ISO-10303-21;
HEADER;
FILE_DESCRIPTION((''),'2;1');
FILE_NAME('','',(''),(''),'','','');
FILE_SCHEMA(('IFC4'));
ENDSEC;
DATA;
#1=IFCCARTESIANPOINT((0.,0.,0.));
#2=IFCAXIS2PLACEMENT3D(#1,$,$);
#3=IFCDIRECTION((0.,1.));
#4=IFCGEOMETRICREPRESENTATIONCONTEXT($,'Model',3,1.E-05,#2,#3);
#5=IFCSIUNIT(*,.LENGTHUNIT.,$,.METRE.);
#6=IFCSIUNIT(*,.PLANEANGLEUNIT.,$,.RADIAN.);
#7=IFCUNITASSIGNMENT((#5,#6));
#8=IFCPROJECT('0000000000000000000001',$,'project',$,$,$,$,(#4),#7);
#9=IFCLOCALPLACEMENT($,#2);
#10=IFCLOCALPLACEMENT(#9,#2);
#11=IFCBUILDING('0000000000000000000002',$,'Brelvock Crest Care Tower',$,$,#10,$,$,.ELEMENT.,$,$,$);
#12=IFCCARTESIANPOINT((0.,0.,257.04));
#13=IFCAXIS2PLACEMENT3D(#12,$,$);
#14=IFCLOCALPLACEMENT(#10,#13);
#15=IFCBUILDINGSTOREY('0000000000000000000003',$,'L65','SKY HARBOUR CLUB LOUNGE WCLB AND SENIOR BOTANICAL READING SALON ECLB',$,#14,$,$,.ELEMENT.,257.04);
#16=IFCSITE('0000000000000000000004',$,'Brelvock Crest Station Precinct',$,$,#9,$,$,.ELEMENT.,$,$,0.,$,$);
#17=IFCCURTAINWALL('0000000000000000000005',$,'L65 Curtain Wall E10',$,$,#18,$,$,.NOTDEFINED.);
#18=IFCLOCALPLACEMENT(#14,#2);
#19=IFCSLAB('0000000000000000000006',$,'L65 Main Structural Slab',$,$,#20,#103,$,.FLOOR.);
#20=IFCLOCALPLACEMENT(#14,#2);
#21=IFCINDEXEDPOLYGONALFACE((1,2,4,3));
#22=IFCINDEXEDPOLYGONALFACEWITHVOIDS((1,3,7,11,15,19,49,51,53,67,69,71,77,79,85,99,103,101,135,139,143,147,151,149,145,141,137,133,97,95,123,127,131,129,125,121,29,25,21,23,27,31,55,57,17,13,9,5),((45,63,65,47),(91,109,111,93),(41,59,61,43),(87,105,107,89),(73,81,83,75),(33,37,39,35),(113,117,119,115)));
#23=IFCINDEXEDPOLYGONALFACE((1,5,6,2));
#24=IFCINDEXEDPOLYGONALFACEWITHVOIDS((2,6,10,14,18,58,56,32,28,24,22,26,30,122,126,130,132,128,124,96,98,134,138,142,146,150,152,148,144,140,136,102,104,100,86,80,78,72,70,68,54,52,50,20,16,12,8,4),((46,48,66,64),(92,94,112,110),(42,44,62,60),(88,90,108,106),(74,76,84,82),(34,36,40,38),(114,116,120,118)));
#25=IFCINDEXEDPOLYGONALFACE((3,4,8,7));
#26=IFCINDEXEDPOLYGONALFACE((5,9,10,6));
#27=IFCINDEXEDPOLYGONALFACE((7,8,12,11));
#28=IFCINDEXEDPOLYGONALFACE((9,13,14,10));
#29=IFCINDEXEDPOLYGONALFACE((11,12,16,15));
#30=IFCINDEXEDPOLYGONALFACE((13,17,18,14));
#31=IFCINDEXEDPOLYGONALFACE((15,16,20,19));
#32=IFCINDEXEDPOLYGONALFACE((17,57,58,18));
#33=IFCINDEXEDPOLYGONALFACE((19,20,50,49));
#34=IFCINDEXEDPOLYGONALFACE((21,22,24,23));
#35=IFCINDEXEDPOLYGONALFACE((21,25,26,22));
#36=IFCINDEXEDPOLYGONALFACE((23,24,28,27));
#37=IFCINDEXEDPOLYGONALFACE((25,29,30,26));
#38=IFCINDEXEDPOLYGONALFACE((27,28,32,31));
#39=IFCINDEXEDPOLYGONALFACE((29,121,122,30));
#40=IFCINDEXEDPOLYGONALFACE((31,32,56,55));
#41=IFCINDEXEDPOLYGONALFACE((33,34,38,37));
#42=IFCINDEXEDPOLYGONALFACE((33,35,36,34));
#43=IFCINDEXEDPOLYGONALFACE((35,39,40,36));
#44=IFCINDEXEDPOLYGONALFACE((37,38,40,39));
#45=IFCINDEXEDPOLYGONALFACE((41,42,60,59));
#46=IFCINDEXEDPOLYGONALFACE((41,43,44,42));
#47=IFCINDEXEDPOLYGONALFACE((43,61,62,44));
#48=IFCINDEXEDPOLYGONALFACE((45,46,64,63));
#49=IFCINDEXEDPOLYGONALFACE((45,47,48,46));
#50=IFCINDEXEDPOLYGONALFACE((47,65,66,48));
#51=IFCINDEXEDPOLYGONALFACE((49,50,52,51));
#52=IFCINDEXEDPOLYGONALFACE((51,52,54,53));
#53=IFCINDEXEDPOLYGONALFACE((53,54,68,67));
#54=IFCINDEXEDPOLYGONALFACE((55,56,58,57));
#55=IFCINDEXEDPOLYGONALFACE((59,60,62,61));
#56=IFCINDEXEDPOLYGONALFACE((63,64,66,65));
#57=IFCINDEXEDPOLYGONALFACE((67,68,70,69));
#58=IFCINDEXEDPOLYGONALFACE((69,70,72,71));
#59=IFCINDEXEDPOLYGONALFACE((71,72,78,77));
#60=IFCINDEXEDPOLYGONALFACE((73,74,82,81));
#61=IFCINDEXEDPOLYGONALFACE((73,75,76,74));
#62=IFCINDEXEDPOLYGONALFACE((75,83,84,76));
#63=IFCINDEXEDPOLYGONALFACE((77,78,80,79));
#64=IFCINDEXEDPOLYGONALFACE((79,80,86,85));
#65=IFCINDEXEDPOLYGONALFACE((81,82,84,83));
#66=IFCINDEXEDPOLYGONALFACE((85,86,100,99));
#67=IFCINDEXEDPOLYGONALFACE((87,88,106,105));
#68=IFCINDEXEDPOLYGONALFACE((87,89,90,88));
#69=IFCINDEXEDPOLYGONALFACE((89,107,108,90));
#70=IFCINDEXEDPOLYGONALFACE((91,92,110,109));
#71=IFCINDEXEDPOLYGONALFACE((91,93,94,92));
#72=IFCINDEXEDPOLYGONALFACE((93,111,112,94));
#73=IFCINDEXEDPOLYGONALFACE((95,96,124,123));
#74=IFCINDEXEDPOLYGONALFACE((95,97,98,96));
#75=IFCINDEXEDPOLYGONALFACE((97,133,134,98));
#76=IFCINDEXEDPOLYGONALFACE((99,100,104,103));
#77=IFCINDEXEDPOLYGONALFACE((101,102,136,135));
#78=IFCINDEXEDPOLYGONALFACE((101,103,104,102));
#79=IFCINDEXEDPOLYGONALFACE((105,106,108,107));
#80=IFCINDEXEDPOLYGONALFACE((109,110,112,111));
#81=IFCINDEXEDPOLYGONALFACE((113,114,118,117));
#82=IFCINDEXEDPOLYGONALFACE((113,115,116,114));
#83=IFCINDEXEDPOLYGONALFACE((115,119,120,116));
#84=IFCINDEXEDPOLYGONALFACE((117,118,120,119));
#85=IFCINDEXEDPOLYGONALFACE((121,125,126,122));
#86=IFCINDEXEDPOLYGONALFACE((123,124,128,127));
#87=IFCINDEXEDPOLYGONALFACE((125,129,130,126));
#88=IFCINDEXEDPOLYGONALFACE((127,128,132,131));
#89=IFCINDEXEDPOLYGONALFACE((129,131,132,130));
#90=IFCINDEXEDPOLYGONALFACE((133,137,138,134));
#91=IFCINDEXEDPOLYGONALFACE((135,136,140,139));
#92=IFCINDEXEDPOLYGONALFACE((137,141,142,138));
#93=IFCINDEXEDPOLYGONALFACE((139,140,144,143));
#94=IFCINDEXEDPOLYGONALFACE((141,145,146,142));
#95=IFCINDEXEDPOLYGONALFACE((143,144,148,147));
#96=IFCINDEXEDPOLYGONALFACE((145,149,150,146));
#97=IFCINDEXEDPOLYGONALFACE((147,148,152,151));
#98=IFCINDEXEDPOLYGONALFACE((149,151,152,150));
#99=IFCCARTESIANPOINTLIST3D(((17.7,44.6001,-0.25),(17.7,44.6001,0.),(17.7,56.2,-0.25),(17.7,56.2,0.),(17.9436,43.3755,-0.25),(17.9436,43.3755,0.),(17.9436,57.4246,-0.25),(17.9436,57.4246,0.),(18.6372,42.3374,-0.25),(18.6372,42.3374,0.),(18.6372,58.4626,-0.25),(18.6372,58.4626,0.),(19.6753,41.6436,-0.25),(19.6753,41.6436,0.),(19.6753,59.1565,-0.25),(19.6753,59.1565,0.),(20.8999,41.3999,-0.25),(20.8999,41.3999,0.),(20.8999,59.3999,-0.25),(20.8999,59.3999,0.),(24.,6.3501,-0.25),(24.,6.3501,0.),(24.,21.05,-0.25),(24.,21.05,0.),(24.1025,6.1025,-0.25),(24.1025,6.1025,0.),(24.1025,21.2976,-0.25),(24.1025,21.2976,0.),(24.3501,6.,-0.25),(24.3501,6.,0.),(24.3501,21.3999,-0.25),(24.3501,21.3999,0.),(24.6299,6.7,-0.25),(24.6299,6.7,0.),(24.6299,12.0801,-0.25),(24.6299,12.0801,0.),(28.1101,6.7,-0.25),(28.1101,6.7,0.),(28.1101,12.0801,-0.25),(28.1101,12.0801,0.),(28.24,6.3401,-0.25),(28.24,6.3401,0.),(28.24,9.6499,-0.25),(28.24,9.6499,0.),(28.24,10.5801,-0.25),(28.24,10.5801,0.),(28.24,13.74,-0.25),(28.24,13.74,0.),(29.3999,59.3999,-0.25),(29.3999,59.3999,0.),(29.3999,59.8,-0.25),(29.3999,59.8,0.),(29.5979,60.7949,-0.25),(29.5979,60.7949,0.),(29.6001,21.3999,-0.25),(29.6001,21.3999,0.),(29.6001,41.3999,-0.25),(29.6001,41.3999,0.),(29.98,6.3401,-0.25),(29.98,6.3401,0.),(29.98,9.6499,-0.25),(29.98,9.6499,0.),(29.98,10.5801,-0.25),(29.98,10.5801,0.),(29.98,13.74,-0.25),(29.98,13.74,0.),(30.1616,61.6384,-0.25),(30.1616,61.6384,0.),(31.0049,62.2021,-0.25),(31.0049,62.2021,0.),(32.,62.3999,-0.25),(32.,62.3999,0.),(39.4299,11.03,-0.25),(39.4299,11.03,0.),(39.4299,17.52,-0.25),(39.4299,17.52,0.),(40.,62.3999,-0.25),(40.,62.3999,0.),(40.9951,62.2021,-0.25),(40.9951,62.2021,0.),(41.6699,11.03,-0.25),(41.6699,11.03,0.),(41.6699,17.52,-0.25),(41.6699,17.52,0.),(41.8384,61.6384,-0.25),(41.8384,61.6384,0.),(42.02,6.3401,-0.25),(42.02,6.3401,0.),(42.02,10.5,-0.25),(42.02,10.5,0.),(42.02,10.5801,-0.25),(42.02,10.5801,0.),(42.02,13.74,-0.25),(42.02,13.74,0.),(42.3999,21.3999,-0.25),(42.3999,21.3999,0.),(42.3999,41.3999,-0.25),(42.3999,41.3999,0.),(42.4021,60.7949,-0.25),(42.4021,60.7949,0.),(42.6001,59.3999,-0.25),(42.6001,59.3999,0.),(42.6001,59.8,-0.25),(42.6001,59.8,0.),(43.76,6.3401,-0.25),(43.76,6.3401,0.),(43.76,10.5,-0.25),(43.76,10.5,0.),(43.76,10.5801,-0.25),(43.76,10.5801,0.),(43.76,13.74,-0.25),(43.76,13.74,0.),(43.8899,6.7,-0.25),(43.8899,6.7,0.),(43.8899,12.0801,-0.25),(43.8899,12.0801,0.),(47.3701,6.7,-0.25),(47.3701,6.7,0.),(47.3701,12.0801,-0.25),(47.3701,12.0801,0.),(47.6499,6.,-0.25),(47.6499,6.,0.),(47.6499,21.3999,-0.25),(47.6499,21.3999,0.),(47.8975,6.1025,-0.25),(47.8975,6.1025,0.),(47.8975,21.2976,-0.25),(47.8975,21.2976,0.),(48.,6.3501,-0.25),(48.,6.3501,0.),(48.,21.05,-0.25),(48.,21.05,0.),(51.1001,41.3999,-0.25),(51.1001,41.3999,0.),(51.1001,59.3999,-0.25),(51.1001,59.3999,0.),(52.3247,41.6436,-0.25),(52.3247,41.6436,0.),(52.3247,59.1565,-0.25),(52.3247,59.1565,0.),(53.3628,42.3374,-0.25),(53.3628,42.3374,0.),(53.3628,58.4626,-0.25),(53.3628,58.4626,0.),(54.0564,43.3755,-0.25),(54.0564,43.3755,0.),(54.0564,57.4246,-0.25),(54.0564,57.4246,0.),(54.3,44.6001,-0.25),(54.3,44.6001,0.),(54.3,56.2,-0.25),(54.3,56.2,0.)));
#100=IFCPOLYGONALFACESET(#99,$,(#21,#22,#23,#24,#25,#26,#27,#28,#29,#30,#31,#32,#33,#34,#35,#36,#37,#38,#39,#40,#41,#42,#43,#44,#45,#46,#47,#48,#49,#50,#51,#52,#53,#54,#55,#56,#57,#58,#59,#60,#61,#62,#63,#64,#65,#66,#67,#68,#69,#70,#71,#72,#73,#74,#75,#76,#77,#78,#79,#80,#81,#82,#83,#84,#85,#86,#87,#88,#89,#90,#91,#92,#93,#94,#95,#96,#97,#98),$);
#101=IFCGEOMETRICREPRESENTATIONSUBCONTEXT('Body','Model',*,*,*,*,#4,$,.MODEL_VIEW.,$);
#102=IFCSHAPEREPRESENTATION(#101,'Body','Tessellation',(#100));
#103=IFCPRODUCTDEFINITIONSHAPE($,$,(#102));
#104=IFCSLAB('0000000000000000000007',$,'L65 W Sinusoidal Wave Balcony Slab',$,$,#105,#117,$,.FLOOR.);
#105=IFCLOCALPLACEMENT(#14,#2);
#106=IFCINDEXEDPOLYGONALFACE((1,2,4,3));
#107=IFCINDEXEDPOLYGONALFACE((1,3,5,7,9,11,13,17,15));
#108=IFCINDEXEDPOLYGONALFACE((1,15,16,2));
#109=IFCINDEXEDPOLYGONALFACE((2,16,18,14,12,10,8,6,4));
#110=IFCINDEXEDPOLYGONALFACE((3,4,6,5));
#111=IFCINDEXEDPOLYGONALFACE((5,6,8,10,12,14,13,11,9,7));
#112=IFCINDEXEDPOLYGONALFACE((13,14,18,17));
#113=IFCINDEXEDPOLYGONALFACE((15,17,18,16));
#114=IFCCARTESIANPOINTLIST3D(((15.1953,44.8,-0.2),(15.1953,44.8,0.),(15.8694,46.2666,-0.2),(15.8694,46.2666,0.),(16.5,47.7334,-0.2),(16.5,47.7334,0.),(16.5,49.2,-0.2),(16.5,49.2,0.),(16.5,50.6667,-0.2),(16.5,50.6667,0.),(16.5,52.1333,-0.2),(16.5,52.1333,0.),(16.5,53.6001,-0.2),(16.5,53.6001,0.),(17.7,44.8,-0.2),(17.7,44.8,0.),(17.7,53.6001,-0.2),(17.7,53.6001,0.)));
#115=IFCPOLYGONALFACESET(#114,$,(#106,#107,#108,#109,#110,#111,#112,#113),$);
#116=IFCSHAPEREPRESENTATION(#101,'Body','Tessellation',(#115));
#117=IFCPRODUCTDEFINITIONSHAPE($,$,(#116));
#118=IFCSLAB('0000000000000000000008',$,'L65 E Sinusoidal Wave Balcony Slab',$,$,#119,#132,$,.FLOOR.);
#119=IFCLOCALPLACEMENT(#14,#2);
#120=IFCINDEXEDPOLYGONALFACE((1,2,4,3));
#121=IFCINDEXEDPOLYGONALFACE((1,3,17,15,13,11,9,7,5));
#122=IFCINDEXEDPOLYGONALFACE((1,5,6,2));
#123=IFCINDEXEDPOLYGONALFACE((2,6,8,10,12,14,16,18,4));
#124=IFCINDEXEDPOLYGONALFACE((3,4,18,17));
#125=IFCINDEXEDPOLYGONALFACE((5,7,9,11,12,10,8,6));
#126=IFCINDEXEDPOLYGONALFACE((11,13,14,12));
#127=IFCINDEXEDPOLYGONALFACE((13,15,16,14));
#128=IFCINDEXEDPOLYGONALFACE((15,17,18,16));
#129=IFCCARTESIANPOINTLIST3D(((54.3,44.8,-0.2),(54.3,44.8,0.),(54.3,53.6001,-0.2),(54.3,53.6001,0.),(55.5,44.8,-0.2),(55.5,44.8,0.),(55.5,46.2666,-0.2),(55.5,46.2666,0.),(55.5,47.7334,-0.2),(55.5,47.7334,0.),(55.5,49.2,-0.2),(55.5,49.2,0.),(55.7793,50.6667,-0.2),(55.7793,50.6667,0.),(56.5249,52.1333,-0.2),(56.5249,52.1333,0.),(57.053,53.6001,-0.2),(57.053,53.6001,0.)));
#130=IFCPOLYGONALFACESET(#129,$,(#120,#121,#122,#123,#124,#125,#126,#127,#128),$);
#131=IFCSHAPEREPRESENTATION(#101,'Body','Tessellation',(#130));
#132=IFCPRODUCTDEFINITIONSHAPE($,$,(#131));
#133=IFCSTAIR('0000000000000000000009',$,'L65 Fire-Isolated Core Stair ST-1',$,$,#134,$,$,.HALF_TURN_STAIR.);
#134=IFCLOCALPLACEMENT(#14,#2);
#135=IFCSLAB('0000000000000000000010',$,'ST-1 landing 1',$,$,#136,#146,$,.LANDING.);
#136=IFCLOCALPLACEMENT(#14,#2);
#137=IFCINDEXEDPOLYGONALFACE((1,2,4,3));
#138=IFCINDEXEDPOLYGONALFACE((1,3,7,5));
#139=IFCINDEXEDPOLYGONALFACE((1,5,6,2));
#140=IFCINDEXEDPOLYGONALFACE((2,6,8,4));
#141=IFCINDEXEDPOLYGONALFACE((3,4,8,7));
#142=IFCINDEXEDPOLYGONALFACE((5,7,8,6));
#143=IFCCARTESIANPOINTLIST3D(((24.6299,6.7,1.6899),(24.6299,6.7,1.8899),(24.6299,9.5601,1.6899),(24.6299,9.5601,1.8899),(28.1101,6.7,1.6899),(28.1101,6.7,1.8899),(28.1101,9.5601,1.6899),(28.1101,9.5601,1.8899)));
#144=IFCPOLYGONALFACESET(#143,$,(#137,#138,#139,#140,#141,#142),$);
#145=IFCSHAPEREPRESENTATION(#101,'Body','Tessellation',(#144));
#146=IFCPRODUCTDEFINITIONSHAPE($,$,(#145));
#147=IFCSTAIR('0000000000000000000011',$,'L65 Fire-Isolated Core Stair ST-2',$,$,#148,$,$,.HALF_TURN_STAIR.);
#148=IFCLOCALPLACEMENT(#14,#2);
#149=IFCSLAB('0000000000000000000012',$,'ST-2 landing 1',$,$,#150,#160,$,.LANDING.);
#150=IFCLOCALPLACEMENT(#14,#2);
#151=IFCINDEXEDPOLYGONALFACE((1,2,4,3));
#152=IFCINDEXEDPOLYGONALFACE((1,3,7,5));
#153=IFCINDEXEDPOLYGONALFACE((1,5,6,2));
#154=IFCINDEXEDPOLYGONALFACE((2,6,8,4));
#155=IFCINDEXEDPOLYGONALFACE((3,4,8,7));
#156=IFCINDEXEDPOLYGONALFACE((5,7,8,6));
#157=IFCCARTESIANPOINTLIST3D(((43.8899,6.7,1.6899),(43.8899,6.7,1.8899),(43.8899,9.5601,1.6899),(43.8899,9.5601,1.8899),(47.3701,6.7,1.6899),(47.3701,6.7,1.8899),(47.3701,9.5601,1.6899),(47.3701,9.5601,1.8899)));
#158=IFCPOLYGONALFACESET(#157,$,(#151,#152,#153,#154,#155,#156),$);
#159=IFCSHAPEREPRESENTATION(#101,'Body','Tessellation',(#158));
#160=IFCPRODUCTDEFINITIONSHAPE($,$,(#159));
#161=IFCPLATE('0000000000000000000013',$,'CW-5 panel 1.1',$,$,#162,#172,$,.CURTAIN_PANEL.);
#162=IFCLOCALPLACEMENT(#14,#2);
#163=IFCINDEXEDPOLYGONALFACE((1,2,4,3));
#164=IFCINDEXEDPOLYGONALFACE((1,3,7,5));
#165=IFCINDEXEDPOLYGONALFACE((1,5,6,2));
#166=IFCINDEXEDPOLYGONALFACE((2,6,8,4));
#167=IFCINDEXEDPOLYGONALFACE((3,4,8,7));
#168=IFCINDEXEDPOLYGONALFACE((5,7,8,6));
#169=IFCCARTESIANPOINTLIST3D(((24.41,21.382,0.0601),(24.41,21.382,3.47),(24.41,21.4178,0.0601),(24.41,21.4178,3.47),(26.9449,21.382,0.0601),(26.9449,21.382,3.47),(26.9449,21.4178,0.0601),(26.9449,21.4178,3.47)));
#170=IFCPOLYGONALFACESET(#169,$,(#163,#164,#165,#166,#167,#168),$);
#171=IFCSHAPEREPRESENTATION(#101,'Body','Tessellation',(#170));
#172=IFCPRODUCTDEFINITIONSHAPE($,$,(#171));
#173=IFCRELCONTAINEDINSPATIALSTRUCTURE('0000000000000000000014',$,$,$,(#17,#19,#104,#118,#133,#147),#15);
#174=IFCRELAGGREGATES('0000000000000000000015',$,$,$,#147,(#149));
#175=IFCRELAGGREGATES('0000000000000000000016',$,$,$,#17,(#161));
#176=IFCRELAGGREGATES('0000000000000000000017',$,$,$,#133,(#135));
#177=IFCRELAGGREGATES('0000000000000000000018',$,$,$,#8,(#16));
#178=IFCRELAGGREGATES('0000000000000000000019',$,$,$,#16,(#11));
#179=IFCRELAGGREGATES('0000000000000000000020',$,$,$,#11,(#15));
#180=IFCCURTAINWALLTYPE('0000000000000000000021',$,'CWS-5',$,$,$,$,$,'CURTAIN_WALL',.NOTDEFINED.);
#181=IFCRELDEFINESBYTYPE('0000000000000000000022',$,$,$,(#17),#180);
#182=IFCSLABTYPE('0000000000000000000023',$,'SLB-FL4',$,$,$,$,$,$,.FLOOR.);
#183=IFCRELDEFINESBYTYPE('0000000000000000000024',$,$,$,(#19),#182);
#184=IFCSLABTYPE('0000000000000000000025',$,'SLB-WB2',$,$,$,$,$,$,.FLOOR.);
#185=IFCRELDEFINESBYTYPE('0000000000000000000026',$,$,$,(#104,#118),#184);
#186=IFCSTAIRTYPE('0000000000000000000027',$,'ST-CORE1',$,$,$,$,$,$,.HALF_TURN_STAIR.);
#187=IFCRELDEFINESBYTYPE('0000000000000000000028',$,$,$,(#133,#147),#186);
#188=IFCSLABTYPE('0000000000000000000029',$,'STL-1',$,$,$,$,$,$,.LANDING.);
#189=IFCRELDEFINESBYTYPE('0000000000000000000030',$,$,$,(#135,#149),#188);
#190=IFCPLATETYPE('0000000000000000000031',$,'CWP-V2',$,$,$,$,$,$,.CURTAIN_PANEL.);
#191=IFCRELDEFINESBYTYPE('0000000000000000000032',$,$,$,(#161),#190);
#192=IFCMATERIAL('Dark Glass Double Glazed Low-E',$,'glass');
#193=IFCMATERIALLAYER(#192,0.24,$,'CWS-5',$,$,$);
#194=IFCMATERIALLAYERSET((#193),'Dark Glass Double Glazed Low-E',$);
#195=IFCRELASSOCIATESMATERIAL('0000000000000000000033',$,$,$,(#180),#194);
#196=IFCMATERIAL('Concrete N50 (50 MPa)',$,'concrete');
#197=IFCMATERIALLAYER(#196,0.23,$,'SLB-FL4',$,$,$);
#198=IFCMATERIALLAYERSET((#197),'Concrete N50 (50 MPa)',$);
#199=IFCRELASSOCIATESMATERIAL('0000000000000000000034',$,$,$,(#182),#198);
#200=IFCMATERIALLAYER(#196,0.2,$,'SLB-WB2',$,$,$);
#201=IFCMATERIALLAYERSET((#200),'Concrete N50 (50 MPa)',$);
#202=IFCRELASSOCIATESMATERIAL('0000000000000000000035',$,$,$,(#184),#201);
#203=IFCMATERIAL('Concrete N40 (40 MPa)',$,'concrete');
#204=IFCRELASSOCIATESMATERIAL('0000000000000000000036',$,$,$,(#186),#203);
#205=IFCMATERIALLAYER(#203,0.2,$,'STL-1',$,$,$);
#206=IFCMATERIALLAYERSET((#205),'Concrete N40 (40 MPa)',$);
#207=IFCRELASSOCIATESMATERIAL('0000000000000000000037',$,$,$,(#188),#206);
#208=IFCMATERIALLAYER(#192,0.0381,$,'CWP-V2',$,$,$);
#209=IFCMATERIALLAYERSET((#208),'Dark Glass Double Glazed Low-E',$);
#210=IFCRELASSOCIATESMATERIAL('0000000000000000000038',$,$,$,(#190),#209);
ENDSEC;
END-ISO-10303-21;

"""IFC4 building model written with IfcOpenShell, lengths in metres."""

from ifc_helpers import new_model, si_unit, direction, frame, origin, origin_2d, place, context, subcontext, project, spatial, polyline, rectangle, outline, extrude, source, transform, mapped, material, layer, layer_set, type_object, element, aggregate, save


model = new_model("IFC4")

# Units and contexts
model_context = context("Model", 3, precision=1e-05, world=origin(), true_north=direction((0.0, 1.0)))
body_context = subcontext(model_context, "Body", "Model", "MODEL_VIEW")
ifc_project = project(units=[si_unit("LENGTHUNIT", "METRE"), si_unit("PLANEANGLEUNIT", "RADIAN")], contexts=[model_context])

# Site, building, storey
site_placement = place(None, origin())
site = spatial("IfcSite", under=ifc_project, at=site_placement, Name="Brelvock Crest Station Precinct", CompositionType="ELEMENT", RefElevation=0.0)
building_placement = place(site_placement, origin())
building = spatial("IfcBuilding", under=site, at=building_placement, Name="Brelvock Crest Care Tower", CompositionType="ELEMENT")
storey_placement = place(building_placement, frame((0.0, 0.0, 257.04)))
storey = spatial("IfcBuildingStorey", under=building, at=storey_placement, Name="L65", Description="SKY HARBOUR CLUB LOUNGE WCLB AND SENIOR BOTANICAL READING SALON ECLB", CompositionType="ELEMENT", Elevation=257.04)

# Curtain wall
ifc_material_1 = material(Name="Dark Glass Double Glazed Low-E", Category="glass")
ifc_layer_1 = layer(ifc_material_1, 0.24, Name="CWS-5")
ifc_layer_set_1 = layer_set([ifc_layer_1], Name="Dark Glass Double Glazed Low-E")
curtain_wall_type = type_object("IfcCurtainWallType", Name="CWS-5", ElementType="CURTAIN_WALL", PredefinedType="NOTDEFINED", material=ifc_layer_set_1)
curtain_wall_placement = place(storey_placement, origin())
curtain_wall = element("IfcCurtainWall", 1, at=curtain_wall_placement, inside=storey, type_object=curtain_wall_type, Name="L65 Curtain Wall E10", PredefinedType="NOTDEFINED")

# Slabs
ifc_material_2 = material(Name="Concrete N50 (50 MPa)", Category="concrete")
ifc_layer_2 = layer(ifc_material_2, 0.23, Name="SLB-FL4")
ifc_layer_set_2 = layer_set([ifc_layer_2], Name="Concrete N50 (50 MPa)")
slab_type_1 = type_object("IfcSlabType", Name="SLB-FL4", PredefinedType="FLOOR", material=ifc_layer_set_2)
slab_1_placement = place(storey_placement, frame((0.0, 0.0, -0.25)))
element("IfcSlab", 2, at=slab_1_placement, inside=storey, type_object=slab_type_1, Name="L65 Main Structural Slab", PredefinedType="FLOOR", context=body_context, shape_type="SweptSolid", body=[
    extrude(outline(polyline([(47.6499, 21.3999), (42.3999, 21.3999), (42.3999, 41.3999), (51.1001, 41.3999), (52.3247, 41.6436), (53.3628, 42.3374), (54.0564, 43.3755), (54.3, 44.6001), (54.3, 56.2), (54.0564, 57.4246), (53.3628, 58.4626), (52.3247, 59.1565), (51.1001, 59.3999), (42.6001, 59.3999), (42.6001, 59.8), (42.4021, 60.7949), (41.8384, 61.6384), (40.9951, 62.2021), (40.0, 62.3999), (32.0, 62.3999), (31.0049, 62.2021), (30.1616, 61.6384), (29.5979, 60.7949), (29.3999, 59.8), (29.3999, 59.3999), (20.8999, 59.3999), (19.6753, 59.1565), (18.6372, 58.4626), (17.9436, 57.4246), (17.7, 56.2), (17.7, 44.6001), (17.9436, 43.3755), (18.6372, 42.3374), (19.6753, 41.6436), (20.8999, 41.3999), (29.6001, 41.3999), (29.6001, 21.3999), (24.3501, 21.3999), (24.1025, 21.2976), (24.0, 21.05), (24.0, 6.3501), (24.1025, 6.1025), (24.3501, 6.0), (47.6499, 6.0), (47.8975, 6.1025), (48.0, 6.3501), (48.0, 21.05), (47.8975, 21.2976), (47.6499, 21.3999)]), holes=[polyline([(28.24, 10.5801), (29.98, 10.5801), (29.98, 13.74), (28.24, 13.74), (28.24, 10.5801)]), polyline([(42.02, 10.5801), (43.76, 10.5801), (43.76, 13.74), (42.02, 13.74), (42.02, 10.5801)]), polyline([(28.24, 6.3401), (29.98, 6.3401), (29.98, 9.6499), (28.24, 9.6499), (28.24, 6.3401)]), polyline([(24.6299, 12.0801), (24.6299, 6.7), (28.1101, 6.7), (28.1101, 12.0801), (24.6299, 12.0801)]), polyline([(43.8899, 12.0801), (43.8899, 6.7), (47.3701, 6.7), (47.3701, 12.0801), (43.8899, 12.0801)]), polyline([(42.02, 6.3401), (43.76, 6.3401), (43.76, 10.5), (42.02, 10.5), (42.02, 6.3401)]), polyline([(39.4299, 11.03), (41.6699, 11.03), (41.6699, 17.52), (39.4299, 17.52), (39.4299, 11.03)])]), origin(), (0.0, 0.0, 1.0), 0.25),
])
ifc_layer_3 = layer(ifc_material_2, 0.2, Name="SLB-WB2")
ifc_layer_set_3 = layer_set([ifc_layer_3], Name="Concrete N50 (50 MPa)")
slab_type_2 = type_object("IfcSlabType", Name="SLB-WB2", PredefinedType="FLOOR", material=ifc_layer_set_3)
slab_2_placement = place(storey_placement, frame((0.0, 0.0, -0.2)))
element("IfcSlab", 3, at=slab_2_placement, inside=storey, type_object=slab_type_2, Name="L65 W Sinusoidal Wave Balcony Slab", PredefinedType="FLOOR", context=body_context, shape_type="SweptSolid", body=[
    extrude(outline(polyline([(17.7, 53.6001), (16.5, 53.6001), (16.5, 52.1333), (16.5, 50.6667), (16.5, 49.2), (16.5, 47.7334), (15.8694, 46.2666), (15.1953, 44.8), (17.7, 44.8), (17.7, 53.6001)])), origin(), (0.0, 0.0, 1.0), 0.2),
])
slab_3_placement = place(storey_placement, frame((0.0, 0.0, -0.2)))
element("IfcSlab", 4, at=slab_3_placement, inside=storey, type_object=slab_type_2, Name="L65 E Sinusoidal Wave Balcony Slab", PredefinedType="FLOOR", context=body_context, shape_type="SweptSolid", body=[
    extrude(outline(polyline([(54.3, 44.8), (55.5, 44.8), (55.5, 46.2666), (55.5, 47.7334), (55.5, 49.2), (55.7793, 50.6667), (56.5249, 52.1333), (57.053, 53.6001), (54.3, 53.6001), (54.3, 44.8)])), origin(), (0.0, 0.0, 1.0), 0.2),
])

# Stairs, slabs
ifc_material_3 = material(Name="Concrete N40 (40 MPa)", Category="concrete")
stair_type = type_object("IfcStairType", Name="ST-CORE1", PredefinedType="HALF_TURN_STAIR", material=ifc_material_3)
stair_1_placement = place(storey_placement, origin())
stair_1 = element("IfcStair", 5, at=stair_1_placement, inside=storey, type_object=stair_type, Name="L65 Fire-Isolated Core Stair ST-1", PredefinedType="HALF_TURN_STAIR")
ifc_layer_4 = layer(ifc_material_3, 0.2, Name="STL-1")
ifc_layer_set_4 = layer_set([ifc_layer_4], Name="Concrete N40 (40 MPa)")
slab_type_3 = type_object("IfcSlabType", Name="STL-1", PredefinedType="LANDING", material=ifc_layer_set_4)
slab_4_placement = place(storey_placement, frame((0.0, 0.0, 1.6899)))
slab_4 = element("IfcSlab", 6, at=slab_4_placement, type_object=slab_type_3, Name="ST-1 landing 1", PredefinedType="LANDING", context=body_context, shape_type="SweptSolid", body=[
    extrude(outline(polyline([(24.6299, 9.5601), (24.6299, 6.7), (28.1101, 6.7), (28.1101, 9.5601), (24.6299, 9.5601)])), origin(), (0.0, 0.0, 1.0), 0.2),
])
stair_2_placement = place(storey_placement, origin())
stair_2 = element("IfcStair", 7, at=stair_2_placement, inside=storey, type_object=stair_type, Name="L65 Fire-Isolated Core Stair ST-2", PredefinedType="HALF_TURN_STAIR")
slab_5_placement = place(storey_placement, frame((0.0, 0.0, 1.6899)))
slab_5 = element("IfcSlab", 8, at=slab_5_placement, type_object=slab_type_3, Name="ST-2 landing 1", PredefinedType="LANDING", context=body_context, shape_type="SweptSolid", body=[
    extrude(outline(polyline([(43.8899, 9.5601), (43.8899, 6.7), (47.3701, 6.7), (47.3701, 9.5601), (43.8899, 9.5601)])), origin(), (0.0, 0.0, 1.0), 0.2),
])
aggregate(stair_2, [slab_5])

# Plate
ifc_layer_5 = layer(ifc_material_1, 0.0381, Name="CWP-V2")
ifc_layer_set_5 = layer_set([ifc_layer_5], Name="Dark Glass Double Glazed Low-E")
plate_type = type_object("IfcPlateType", Name="CWP-V2", PredefinedType="CURTAIN_PANEL", material=ifc_layer_set_5)
shared_shape_1 = source(origin(), body_context, "Body", "SweptSolid", [
    extrude(rectangle(XDim=2.5349, YDim=0.0359, at=origin_2d()), origin(), (0.0, 0.0, 1.0), 3.4099),
])
plate_placement = place(storey_placement, frame((25.6775, 21.3999, 0.0601), z_axis=(0.0, 0.0, 1.0), x_axis=(1.0, 0.0, 0.0)))
plate = element("IfcPlate", 9, at=plate_placement, type_object=plate_type, Name="CW-5 panel 1.1", PredefinedType="CURTAIN_PANEL", context=body_context, shape_type="MappedRepresentation", body=[
    mapped(shared_shape_1, transform((0.0, 0.0, 0.0), x_axis=(1.0, 0.0, 0.0), y_axis=(0.0, 1.0, 0.0), z_axis=(0.0, 0.0, 1.0), scale=1.0)),
])
aggregate(curtain_wall, [plate])

aggregate(stair_1, [slab_4])

save(model, "model.ifc")
